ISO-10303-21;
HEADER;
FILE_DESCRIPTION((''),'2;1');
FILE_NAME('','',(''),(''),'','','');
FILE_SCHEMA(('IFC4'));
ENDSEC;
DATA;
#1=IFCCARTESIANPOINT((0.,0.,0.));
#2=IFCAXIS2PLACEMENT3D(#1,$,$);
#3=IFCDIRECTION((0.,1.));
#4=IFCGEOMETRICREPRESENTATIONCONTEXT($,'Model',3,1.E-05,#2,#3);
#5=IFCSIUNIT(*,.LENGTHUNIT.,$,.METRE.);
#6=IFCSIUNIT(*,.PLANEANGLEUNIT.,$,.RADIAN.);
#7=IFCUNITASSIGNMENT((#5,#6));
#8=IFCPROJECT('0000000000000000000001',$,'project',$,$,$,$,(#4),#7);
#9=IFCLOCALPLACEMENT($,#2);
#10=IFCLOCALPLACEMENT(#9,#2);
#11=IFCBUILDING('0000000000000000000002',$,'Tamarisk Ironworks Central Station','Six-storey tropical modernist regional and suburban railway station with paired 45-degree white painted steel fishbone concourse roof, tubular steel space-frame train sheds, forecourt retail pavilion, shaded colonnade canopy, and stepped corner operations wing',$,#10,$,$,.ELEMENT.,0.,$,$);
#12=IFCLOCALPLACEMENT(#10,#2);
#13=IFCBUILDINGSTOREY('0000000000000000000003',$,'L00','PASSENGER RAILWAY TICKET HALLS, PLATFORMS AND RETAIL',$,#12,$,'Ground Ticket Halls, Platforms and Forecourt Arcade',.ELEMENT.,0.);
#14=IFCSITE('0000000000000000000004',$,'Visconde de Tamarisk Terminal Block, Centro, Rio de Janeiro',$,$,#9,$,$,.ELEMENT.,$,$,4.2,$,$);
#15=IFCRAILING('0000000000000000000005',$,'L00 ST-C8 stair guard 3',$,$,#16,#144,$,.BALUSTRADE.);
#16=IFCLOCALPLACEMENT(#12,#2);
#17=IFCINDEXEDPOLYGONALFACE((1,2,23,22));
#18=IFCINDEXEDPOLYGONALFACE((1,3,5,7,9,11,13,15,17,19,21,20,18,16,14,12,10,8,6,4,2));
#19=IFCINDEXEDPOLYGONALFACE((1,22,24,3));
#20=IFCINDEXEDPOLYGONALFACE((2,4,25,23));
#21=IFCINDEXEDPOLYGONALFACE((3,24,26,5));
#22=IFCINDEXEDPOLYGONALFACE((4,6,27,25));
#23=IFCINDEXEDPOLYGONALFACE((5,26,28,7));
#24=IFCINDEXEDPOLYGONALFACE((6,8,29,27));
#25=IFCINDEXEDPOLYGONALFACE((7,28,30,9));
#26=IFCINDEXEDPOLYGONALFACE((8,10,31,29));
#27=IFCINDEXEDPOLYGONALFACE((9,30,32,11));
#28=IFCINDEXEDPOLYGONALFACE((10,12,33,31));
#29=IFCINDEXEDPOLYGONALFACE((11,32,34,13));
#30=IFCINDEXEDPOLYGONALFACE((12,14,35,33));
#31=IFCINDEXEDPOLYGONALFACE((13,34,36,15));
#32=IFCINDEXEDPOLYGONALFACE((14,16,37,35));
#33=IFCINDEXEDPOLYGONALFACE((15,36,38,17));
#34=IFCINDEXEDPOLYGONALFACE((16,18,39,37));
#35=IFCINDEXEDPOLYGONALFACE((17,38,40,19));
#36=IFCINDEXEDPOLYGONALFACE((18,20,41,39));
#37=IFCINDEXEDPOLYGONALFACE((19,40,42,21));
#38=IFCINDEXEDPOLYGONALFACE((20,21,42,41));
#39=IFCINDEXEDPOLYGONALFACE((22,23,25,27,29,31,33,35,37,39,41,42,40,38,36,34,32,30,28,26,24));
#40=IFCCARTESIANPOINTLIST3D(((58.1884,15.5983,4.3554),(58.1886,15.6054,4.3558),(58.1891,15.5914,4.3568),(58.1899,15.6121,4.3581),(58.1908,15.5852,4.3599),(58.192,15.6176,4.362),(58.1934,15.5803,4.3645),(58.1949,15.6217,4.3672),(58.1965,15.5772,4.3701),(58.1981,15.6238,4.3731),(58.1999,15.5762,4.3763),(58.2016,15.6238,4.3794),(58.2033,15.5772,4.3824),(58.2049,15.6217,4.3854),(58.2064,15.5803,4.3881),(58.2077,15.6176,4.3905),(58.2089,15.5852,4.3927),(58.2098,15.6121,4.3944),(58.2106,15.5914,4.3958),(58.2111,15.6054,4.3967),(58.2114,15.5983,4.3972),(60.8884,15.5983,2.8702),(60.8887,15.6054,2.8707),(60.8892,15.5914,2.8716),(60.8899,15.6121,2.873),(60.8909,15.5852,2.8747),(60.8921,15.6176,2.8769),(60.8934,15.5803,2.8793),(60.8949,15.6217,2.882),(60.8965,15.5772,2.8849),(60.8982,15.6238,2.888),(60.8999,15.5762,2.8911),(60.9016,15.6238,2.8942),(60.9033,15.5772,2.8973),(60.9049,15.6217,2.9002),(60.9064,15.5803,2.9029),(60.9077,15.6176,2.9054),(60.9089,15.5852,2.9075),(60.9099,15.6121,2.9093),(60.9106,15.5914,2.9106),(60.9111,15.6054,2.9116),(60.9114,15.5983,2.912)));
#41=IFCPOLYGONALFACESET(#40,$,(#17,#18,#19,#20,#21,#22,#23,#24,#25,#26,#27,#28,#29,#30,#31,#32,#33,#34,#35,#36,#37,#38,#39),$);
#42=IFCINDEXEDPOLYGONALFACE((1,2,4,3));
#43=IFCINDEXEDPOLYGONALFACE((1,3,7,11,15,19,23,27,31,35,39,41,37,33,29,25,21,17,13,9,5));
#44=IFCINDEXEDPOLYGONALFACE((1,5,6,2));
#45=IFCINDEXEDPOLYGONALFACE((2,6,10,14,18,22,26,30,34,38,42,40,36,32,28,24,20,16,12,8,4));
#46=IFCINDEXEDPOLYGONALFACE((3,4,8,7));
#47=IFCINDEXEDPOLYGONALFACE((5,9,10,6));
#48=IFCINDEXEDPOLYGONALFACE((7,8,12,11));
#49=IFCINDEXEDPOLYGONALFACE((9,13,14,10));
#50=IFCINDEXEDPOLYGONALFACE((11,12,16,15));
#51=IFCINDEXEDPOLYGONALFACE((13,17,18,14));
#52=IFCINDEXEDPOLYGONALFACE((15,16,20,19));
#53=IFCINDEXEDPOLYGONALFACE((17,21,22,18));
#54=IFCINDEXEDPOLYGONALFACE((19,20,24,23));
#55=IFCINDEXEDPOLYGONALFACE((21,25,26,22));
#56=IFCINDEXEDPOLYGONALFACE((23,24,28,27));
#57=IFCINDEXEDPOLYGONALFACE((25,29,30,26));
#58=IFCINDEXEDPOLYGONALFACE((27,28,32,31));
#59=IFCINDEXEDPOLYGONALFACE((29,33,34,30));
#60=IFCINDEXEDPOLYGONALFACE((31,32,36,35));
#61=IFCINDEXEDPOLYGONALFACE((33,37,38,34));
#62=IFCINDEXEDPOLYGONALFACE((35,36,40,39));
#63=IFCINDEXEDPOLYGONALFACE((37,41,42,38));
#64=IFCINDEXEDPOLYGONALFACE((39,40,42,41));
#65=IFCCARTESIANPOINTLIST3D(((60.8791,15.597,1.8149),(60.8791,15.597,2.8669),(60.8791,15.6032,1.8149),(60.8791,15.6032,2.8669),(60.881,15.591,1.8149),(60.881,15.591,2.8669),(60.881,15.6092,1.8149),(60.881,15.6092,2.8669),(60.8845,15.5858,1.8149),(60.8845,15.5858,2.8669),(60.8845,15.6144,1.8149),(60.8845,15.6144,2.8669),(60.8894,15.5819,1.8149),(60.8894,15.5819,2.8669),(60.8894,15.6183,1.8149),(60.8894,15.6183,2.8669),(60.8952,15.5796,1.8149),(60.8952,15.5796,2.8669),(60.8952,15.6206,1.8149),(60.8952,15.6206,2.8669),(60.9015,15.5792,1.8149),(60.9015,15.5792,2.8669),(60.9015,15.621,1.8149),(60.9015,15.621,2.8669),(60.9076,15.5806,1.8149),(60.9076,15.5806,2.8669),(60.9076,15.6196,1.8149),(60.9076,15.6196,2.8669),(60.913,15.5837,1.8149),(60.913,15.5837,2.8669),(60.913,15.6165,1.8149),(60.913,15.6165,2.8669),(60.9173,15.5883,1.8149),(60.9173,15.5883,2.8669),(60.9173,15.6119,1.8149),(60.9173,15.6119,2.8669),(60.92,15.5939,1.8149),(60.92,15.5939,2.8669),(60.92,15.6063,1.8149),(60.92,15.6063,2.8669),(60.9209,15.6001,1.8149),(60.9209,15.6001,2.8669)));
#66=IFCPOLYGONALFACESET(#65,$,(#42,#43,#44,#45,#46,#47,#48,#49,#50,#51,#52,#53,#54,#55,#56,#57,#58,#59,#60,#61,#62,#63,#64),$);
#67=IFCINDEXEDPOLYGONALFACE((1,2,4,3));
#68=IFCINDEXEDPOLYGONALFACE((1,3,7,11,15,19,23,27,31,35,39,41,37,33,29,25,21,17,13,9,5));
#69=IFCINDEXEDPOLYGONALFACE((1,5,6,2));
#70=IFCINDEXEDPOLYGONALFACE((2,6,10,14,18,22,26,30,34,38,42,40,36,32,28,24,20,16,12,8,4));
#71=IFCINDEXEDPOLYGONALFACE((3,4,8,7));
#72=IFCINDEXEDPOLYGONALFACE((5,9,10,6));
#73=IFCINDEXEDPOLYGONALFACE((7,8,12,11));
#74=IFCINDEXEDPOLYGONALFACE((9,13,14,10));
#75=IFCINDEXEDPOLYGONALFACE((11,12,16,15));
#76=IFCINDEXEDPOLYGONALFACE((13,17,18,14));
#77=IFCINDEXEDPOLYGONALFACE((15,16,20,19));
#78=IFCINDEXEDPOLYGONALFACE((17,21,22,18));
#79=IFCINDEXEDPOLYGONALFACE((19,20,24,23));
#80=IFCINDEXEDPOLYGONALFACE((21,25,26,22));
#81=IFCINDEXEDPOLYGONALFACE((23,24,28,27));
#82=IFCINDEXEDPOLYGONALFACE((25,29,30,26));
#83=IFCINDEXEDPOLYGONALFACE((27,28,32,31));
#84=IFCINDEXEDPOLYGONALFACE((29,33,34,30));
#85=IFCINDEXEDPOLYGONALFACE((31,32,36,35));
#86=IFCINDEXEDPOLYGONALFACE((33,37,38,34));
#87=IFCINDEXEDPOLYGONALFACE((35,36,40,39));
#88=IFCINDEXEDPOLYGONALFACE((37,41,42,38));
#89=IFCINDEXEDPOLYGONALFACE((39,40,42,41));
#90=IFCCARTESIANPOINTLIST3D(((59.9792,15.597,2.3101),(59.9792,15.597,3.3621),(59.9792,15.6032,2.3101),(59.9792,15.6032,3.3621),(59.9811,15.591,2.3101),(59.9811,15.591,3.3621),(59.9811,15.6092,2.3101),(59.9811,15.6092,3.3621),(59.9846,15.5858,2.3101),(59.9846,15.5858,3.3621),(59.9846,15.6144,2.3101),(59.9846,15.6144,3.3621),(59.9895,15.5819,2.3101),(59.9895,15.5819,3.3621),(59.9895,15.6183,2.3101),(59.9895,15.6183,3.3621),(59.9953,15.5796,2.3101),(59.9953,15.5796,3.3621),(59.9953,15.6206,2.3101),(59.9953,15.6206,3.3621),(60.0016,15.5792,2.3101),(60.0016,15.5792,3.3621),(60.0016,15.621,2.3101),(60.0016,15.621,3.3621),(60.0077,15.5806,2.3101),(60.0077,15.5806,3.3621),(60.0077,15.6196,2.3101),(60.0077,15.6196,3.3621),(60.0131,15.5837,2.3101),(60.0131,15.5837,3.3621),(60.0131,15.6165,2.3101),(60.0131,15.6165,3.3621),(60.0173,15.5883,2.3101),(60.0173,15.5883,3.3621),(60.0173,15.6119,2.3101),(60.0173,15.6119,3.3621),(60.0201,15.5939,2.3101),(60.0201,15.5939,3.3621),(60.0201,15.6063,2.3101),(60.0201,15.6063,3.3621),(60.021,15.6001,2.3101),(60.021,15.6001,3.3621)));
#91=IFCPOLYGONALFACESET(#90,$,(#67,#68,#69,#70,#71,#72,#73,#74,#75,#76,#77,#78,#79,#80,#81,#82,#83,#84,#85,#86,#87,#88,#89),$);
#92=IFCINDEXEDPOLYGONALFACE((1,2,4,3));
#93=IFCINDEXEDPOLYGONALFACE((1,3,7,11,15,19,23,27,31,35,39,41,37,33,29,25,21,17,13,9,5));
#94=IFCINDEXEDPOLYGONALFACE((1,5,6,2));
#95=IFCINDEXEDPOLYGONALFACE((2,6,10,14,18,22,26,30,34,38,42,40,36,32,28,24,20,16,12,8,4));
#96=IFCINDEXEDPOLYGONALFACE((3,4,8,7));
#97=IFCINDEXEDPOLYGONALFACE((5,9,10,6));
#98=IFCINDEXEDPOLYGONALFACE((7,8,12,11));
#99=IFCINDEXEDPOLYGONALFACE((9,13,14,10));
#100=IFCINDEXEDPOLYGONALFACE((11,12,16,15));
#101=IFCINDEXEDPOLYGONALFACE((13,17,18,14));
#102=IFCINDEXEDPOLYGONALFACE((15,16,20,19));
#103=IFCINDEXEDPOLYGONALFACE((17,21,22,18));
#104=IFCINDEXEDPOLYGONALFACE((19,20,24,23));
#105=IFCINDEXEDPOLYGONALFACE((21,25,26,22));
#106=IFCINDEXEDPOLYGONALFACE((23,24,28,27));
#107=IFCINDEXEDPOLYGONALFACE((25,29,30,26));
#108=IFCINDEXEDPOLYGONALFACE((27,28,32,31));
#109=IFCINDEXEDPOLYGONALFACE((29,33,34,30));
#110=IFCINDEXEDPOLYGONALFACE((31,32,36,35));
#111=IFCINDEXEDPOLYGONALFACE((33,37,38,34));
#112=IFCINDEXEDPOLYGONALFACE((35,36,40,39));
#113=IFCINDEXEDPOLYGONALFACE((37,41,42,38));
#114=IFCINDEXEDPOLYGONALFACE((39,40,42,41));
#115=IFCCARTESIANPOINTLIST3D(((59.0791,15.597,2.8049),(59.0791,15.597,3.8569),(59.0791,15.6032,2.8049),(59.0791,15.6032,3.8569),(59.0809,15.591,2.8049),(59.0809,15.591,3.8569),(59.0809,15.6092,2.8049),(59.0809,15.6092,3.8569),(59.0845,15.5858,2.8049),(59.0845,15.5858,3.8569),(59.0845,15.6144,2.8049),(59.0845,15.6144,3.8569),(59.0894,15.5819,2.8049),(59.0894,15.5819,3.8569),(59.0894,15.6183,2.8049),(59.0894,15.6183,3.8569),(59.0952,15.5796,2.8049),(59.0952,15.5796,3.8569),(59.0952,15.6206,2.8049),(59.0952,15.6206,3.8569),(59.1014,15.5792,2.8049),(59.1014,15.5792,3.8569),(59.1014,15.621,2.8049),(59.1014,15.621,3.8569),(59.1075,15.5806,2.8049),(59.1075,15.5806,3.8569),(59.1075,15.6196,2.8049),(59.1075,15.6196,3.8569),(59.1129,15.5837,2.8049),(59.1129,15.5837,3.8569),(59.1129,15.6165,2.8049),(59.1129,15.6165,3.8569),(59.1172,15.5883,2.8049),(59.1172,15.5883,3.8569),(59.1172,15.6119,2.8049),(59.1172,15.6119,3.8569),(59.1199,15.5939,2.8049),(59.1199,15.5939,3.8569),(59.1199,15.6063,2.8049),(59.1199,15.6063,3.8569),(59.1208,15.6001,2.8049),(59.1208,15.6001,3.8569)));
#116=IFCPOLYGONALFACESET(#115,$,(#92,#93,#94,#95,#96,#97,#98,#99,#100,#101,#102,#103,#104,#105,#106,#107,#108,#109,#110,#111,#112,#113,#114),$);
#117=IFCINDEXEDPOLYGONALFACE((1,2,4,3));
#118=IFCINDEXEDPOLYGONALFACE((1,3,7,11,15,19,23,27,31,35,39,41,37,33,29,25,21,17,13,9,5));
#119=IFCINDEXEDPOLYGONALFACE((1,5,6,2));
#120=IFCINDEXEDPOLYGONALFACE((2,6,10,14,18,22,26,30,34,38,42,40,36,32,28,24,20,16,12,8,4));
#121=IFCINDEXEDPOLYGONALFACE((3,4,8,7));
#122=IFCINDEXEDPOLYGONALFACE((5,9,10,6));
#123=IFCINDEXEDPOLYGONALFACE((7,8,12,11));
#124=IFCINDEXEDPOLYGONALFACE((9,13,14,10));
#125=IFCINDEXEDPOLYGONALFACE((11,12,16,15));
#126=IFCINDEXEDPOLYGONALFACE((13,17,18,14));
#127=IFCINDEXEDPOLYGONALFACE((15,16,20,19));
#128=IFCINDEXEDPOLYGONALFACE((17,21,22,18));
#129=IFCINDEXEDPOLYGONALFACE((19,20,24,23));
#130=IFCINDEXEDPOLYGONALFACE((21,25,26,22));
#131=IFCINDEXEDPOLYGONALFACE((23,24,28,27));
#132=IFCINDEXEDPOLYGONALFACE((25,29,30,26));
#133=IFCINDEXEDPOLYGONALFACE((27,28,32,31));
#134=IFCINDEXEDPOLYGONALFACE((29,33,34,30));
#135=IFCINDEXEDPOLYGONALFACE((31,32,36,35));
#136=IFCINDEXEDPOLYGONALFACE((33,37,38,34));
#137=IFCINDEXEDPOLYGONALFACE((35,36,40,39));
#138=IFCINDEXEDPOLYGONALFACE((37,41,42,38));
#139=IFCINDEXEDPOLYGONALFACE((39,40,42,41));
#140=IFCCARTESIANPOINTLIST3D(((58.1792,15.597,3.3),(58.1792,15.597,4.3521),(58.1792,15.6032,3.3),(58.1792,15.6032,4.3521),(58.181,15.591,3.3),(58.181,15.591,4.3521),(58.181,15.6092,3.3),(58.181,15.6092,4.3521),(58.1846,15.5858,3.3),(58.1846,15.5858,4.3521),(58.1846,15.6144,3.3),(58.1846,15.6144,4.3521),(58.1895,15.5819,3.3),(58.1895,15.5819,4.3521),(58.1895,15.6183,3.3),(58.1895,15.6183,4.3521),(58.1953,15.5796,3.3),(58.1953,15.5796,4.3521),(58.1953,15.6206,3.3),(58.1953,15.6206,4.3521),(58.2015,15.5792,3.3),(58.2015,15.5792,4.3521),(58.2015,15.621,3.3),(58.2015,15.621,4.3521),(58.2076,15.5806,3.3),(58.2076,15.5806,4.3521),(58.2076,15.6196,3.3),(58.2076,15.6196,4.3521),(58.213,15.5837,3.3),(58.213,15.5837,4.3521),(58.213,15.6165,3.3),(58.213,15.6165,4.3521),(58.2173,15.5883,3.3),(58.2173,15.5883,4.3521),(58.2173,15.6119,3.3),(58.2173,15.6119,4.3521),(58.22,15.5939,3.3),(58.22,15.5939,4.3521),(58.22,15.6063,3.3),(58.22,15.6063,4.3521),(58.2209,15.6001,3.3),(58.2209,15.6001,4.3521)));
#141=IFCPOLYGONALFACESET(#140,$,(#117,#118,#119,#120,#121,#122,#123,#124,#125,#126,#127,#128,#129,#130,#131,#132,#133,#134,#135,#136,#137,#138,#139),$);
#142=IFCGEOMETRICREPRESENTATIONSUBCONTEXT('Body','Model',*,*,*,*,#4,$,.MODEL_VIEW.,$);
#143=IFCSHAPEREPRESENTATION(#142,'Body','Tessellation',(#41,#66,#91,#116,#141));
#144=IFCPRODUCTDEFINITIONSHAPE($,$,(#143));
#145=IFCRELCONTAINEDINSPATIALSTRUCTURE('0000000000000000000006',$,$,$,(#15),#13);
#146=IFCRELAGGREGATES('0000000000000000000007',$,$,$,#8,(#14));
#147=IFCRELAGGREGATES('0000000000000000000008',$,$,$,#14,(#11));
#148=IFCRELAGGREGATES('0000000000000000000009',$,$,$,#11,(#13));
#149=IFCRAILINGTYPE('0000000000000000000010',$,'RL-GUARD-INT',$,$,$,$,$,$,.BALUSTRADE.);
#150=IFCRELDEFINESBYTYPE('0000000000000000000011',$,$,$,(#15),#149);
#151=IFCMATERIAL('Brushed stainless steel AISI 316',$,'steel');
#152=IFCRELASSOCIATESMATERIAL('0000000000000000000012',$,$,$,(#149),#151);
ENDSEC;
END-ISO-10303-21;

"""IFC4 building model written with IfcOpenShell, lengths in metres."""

from ifc_helpers import new_model, si_unit, direction, frame, origin, origin_2d, place, context, subcontext, project, spatial, circle, extrude, material, type_object, element, save


model = new_model("IFC4")

# Units and contexts
model_context = context("Model", 3, precision=1e-05, world=origin(), true_north=direction((0.0, 1.0)))
body_context = subcontext(model_context, "Body", "Model", "MODEL_VIEW")
ifc_project = project(units=[si_unit("LENGTHUNIT", "METRE"), si_unit("PLANEANGLEUNIT", "RADIAN")], contexts=[model_context])

# Site, building, storey
site_placement = place(None, origin())
site = spatial("IfcSite", under=ifc_project, at=site_placement, Name="Visconde de Tamarisk Terminal Block, Centro, Rio de Janeiro", CompositionType="ELEMENT", RefElevation=4.2)
building_placement = place(site_placement, origin())
building = spatial("IfcBuilding", under=site, at=building_placement, Name="Tamarisk Ironworks Central Station", Description="Six-storey tropical modernist regional and suburban railway station with paired 45-degree white painted steel fishbone concourse roof, tubular steel space-frame train sheds, forecourt retail pavilion, shaded colonnade canopy, and stepped corner operations wing", CompositionType="ELEMENT", ElevationOfRefHeight=0.0)
storey_placement = place(building_placement, origin())
storey = spatial("IfcBuildingStorey", under=building, at=storey_placement, Name="L00", Description="PASSENGER RAILWAY TICKET HALLS, PLATFORMS AND RETAIL", LongName="Ground Ticket Halls, Platforms and Forecourt Arcade", CompositionType="ELEMENT", Elevation=0.0)

# Railing
ifc_material_1 = material(Name="Brushed stainless steel AISI 316", Category="steel")
railing_type_1 = type_object("IfcRailingType", Name="RL-GUARD-INT", PredefinedType="BALUSTRADE", material=ifc_material_1)
railing_1_placement = place(storey_placement, frame((60.8999, 15.6001, 1.8149)))
element("IfcRailing", 1, at=railing_1_placement, inside=storey, type_object=railing_type_1, Name="L00 ST-C8 stair guard 3", PredefinedType="BALUSTRADE", context=body_context, shape_type="SweptSolid", body=[
    extrude(circle(Radius=0.0239, at=origin_2d()), frame((0.0, 0.0, 1.0762), z_axis=(-0.876198, 0.0, 0.481952), x_axis=(0.0, -1.0, 0.0)), (0.0, 0.0, 1.0), 3.0815),
    extrude(circle(Radius=0.021, at=origin_2d()), origin(), (0.0, 0.0, 1.0), 1.052),
    extrude(circle(Radius=0.021, at=origin_2d()), frame((-0.8999, 0.0, 0.4951)), (0.0, 0.0, 1.0), 1.052),
    extrude(circle(Radius=0.021, at=origin_2d()), frame((-1.8, 0.0, 0.99)), (0.0, 0.0, 1.0), 1.052),
    extrude(circle(Radius=0.021, at=origin_2d()), frame((-2.7, 0.0, 1.4851)), (0.0, 0.0, 1.0), 1.052),
])

save(model, "model.ifc")
